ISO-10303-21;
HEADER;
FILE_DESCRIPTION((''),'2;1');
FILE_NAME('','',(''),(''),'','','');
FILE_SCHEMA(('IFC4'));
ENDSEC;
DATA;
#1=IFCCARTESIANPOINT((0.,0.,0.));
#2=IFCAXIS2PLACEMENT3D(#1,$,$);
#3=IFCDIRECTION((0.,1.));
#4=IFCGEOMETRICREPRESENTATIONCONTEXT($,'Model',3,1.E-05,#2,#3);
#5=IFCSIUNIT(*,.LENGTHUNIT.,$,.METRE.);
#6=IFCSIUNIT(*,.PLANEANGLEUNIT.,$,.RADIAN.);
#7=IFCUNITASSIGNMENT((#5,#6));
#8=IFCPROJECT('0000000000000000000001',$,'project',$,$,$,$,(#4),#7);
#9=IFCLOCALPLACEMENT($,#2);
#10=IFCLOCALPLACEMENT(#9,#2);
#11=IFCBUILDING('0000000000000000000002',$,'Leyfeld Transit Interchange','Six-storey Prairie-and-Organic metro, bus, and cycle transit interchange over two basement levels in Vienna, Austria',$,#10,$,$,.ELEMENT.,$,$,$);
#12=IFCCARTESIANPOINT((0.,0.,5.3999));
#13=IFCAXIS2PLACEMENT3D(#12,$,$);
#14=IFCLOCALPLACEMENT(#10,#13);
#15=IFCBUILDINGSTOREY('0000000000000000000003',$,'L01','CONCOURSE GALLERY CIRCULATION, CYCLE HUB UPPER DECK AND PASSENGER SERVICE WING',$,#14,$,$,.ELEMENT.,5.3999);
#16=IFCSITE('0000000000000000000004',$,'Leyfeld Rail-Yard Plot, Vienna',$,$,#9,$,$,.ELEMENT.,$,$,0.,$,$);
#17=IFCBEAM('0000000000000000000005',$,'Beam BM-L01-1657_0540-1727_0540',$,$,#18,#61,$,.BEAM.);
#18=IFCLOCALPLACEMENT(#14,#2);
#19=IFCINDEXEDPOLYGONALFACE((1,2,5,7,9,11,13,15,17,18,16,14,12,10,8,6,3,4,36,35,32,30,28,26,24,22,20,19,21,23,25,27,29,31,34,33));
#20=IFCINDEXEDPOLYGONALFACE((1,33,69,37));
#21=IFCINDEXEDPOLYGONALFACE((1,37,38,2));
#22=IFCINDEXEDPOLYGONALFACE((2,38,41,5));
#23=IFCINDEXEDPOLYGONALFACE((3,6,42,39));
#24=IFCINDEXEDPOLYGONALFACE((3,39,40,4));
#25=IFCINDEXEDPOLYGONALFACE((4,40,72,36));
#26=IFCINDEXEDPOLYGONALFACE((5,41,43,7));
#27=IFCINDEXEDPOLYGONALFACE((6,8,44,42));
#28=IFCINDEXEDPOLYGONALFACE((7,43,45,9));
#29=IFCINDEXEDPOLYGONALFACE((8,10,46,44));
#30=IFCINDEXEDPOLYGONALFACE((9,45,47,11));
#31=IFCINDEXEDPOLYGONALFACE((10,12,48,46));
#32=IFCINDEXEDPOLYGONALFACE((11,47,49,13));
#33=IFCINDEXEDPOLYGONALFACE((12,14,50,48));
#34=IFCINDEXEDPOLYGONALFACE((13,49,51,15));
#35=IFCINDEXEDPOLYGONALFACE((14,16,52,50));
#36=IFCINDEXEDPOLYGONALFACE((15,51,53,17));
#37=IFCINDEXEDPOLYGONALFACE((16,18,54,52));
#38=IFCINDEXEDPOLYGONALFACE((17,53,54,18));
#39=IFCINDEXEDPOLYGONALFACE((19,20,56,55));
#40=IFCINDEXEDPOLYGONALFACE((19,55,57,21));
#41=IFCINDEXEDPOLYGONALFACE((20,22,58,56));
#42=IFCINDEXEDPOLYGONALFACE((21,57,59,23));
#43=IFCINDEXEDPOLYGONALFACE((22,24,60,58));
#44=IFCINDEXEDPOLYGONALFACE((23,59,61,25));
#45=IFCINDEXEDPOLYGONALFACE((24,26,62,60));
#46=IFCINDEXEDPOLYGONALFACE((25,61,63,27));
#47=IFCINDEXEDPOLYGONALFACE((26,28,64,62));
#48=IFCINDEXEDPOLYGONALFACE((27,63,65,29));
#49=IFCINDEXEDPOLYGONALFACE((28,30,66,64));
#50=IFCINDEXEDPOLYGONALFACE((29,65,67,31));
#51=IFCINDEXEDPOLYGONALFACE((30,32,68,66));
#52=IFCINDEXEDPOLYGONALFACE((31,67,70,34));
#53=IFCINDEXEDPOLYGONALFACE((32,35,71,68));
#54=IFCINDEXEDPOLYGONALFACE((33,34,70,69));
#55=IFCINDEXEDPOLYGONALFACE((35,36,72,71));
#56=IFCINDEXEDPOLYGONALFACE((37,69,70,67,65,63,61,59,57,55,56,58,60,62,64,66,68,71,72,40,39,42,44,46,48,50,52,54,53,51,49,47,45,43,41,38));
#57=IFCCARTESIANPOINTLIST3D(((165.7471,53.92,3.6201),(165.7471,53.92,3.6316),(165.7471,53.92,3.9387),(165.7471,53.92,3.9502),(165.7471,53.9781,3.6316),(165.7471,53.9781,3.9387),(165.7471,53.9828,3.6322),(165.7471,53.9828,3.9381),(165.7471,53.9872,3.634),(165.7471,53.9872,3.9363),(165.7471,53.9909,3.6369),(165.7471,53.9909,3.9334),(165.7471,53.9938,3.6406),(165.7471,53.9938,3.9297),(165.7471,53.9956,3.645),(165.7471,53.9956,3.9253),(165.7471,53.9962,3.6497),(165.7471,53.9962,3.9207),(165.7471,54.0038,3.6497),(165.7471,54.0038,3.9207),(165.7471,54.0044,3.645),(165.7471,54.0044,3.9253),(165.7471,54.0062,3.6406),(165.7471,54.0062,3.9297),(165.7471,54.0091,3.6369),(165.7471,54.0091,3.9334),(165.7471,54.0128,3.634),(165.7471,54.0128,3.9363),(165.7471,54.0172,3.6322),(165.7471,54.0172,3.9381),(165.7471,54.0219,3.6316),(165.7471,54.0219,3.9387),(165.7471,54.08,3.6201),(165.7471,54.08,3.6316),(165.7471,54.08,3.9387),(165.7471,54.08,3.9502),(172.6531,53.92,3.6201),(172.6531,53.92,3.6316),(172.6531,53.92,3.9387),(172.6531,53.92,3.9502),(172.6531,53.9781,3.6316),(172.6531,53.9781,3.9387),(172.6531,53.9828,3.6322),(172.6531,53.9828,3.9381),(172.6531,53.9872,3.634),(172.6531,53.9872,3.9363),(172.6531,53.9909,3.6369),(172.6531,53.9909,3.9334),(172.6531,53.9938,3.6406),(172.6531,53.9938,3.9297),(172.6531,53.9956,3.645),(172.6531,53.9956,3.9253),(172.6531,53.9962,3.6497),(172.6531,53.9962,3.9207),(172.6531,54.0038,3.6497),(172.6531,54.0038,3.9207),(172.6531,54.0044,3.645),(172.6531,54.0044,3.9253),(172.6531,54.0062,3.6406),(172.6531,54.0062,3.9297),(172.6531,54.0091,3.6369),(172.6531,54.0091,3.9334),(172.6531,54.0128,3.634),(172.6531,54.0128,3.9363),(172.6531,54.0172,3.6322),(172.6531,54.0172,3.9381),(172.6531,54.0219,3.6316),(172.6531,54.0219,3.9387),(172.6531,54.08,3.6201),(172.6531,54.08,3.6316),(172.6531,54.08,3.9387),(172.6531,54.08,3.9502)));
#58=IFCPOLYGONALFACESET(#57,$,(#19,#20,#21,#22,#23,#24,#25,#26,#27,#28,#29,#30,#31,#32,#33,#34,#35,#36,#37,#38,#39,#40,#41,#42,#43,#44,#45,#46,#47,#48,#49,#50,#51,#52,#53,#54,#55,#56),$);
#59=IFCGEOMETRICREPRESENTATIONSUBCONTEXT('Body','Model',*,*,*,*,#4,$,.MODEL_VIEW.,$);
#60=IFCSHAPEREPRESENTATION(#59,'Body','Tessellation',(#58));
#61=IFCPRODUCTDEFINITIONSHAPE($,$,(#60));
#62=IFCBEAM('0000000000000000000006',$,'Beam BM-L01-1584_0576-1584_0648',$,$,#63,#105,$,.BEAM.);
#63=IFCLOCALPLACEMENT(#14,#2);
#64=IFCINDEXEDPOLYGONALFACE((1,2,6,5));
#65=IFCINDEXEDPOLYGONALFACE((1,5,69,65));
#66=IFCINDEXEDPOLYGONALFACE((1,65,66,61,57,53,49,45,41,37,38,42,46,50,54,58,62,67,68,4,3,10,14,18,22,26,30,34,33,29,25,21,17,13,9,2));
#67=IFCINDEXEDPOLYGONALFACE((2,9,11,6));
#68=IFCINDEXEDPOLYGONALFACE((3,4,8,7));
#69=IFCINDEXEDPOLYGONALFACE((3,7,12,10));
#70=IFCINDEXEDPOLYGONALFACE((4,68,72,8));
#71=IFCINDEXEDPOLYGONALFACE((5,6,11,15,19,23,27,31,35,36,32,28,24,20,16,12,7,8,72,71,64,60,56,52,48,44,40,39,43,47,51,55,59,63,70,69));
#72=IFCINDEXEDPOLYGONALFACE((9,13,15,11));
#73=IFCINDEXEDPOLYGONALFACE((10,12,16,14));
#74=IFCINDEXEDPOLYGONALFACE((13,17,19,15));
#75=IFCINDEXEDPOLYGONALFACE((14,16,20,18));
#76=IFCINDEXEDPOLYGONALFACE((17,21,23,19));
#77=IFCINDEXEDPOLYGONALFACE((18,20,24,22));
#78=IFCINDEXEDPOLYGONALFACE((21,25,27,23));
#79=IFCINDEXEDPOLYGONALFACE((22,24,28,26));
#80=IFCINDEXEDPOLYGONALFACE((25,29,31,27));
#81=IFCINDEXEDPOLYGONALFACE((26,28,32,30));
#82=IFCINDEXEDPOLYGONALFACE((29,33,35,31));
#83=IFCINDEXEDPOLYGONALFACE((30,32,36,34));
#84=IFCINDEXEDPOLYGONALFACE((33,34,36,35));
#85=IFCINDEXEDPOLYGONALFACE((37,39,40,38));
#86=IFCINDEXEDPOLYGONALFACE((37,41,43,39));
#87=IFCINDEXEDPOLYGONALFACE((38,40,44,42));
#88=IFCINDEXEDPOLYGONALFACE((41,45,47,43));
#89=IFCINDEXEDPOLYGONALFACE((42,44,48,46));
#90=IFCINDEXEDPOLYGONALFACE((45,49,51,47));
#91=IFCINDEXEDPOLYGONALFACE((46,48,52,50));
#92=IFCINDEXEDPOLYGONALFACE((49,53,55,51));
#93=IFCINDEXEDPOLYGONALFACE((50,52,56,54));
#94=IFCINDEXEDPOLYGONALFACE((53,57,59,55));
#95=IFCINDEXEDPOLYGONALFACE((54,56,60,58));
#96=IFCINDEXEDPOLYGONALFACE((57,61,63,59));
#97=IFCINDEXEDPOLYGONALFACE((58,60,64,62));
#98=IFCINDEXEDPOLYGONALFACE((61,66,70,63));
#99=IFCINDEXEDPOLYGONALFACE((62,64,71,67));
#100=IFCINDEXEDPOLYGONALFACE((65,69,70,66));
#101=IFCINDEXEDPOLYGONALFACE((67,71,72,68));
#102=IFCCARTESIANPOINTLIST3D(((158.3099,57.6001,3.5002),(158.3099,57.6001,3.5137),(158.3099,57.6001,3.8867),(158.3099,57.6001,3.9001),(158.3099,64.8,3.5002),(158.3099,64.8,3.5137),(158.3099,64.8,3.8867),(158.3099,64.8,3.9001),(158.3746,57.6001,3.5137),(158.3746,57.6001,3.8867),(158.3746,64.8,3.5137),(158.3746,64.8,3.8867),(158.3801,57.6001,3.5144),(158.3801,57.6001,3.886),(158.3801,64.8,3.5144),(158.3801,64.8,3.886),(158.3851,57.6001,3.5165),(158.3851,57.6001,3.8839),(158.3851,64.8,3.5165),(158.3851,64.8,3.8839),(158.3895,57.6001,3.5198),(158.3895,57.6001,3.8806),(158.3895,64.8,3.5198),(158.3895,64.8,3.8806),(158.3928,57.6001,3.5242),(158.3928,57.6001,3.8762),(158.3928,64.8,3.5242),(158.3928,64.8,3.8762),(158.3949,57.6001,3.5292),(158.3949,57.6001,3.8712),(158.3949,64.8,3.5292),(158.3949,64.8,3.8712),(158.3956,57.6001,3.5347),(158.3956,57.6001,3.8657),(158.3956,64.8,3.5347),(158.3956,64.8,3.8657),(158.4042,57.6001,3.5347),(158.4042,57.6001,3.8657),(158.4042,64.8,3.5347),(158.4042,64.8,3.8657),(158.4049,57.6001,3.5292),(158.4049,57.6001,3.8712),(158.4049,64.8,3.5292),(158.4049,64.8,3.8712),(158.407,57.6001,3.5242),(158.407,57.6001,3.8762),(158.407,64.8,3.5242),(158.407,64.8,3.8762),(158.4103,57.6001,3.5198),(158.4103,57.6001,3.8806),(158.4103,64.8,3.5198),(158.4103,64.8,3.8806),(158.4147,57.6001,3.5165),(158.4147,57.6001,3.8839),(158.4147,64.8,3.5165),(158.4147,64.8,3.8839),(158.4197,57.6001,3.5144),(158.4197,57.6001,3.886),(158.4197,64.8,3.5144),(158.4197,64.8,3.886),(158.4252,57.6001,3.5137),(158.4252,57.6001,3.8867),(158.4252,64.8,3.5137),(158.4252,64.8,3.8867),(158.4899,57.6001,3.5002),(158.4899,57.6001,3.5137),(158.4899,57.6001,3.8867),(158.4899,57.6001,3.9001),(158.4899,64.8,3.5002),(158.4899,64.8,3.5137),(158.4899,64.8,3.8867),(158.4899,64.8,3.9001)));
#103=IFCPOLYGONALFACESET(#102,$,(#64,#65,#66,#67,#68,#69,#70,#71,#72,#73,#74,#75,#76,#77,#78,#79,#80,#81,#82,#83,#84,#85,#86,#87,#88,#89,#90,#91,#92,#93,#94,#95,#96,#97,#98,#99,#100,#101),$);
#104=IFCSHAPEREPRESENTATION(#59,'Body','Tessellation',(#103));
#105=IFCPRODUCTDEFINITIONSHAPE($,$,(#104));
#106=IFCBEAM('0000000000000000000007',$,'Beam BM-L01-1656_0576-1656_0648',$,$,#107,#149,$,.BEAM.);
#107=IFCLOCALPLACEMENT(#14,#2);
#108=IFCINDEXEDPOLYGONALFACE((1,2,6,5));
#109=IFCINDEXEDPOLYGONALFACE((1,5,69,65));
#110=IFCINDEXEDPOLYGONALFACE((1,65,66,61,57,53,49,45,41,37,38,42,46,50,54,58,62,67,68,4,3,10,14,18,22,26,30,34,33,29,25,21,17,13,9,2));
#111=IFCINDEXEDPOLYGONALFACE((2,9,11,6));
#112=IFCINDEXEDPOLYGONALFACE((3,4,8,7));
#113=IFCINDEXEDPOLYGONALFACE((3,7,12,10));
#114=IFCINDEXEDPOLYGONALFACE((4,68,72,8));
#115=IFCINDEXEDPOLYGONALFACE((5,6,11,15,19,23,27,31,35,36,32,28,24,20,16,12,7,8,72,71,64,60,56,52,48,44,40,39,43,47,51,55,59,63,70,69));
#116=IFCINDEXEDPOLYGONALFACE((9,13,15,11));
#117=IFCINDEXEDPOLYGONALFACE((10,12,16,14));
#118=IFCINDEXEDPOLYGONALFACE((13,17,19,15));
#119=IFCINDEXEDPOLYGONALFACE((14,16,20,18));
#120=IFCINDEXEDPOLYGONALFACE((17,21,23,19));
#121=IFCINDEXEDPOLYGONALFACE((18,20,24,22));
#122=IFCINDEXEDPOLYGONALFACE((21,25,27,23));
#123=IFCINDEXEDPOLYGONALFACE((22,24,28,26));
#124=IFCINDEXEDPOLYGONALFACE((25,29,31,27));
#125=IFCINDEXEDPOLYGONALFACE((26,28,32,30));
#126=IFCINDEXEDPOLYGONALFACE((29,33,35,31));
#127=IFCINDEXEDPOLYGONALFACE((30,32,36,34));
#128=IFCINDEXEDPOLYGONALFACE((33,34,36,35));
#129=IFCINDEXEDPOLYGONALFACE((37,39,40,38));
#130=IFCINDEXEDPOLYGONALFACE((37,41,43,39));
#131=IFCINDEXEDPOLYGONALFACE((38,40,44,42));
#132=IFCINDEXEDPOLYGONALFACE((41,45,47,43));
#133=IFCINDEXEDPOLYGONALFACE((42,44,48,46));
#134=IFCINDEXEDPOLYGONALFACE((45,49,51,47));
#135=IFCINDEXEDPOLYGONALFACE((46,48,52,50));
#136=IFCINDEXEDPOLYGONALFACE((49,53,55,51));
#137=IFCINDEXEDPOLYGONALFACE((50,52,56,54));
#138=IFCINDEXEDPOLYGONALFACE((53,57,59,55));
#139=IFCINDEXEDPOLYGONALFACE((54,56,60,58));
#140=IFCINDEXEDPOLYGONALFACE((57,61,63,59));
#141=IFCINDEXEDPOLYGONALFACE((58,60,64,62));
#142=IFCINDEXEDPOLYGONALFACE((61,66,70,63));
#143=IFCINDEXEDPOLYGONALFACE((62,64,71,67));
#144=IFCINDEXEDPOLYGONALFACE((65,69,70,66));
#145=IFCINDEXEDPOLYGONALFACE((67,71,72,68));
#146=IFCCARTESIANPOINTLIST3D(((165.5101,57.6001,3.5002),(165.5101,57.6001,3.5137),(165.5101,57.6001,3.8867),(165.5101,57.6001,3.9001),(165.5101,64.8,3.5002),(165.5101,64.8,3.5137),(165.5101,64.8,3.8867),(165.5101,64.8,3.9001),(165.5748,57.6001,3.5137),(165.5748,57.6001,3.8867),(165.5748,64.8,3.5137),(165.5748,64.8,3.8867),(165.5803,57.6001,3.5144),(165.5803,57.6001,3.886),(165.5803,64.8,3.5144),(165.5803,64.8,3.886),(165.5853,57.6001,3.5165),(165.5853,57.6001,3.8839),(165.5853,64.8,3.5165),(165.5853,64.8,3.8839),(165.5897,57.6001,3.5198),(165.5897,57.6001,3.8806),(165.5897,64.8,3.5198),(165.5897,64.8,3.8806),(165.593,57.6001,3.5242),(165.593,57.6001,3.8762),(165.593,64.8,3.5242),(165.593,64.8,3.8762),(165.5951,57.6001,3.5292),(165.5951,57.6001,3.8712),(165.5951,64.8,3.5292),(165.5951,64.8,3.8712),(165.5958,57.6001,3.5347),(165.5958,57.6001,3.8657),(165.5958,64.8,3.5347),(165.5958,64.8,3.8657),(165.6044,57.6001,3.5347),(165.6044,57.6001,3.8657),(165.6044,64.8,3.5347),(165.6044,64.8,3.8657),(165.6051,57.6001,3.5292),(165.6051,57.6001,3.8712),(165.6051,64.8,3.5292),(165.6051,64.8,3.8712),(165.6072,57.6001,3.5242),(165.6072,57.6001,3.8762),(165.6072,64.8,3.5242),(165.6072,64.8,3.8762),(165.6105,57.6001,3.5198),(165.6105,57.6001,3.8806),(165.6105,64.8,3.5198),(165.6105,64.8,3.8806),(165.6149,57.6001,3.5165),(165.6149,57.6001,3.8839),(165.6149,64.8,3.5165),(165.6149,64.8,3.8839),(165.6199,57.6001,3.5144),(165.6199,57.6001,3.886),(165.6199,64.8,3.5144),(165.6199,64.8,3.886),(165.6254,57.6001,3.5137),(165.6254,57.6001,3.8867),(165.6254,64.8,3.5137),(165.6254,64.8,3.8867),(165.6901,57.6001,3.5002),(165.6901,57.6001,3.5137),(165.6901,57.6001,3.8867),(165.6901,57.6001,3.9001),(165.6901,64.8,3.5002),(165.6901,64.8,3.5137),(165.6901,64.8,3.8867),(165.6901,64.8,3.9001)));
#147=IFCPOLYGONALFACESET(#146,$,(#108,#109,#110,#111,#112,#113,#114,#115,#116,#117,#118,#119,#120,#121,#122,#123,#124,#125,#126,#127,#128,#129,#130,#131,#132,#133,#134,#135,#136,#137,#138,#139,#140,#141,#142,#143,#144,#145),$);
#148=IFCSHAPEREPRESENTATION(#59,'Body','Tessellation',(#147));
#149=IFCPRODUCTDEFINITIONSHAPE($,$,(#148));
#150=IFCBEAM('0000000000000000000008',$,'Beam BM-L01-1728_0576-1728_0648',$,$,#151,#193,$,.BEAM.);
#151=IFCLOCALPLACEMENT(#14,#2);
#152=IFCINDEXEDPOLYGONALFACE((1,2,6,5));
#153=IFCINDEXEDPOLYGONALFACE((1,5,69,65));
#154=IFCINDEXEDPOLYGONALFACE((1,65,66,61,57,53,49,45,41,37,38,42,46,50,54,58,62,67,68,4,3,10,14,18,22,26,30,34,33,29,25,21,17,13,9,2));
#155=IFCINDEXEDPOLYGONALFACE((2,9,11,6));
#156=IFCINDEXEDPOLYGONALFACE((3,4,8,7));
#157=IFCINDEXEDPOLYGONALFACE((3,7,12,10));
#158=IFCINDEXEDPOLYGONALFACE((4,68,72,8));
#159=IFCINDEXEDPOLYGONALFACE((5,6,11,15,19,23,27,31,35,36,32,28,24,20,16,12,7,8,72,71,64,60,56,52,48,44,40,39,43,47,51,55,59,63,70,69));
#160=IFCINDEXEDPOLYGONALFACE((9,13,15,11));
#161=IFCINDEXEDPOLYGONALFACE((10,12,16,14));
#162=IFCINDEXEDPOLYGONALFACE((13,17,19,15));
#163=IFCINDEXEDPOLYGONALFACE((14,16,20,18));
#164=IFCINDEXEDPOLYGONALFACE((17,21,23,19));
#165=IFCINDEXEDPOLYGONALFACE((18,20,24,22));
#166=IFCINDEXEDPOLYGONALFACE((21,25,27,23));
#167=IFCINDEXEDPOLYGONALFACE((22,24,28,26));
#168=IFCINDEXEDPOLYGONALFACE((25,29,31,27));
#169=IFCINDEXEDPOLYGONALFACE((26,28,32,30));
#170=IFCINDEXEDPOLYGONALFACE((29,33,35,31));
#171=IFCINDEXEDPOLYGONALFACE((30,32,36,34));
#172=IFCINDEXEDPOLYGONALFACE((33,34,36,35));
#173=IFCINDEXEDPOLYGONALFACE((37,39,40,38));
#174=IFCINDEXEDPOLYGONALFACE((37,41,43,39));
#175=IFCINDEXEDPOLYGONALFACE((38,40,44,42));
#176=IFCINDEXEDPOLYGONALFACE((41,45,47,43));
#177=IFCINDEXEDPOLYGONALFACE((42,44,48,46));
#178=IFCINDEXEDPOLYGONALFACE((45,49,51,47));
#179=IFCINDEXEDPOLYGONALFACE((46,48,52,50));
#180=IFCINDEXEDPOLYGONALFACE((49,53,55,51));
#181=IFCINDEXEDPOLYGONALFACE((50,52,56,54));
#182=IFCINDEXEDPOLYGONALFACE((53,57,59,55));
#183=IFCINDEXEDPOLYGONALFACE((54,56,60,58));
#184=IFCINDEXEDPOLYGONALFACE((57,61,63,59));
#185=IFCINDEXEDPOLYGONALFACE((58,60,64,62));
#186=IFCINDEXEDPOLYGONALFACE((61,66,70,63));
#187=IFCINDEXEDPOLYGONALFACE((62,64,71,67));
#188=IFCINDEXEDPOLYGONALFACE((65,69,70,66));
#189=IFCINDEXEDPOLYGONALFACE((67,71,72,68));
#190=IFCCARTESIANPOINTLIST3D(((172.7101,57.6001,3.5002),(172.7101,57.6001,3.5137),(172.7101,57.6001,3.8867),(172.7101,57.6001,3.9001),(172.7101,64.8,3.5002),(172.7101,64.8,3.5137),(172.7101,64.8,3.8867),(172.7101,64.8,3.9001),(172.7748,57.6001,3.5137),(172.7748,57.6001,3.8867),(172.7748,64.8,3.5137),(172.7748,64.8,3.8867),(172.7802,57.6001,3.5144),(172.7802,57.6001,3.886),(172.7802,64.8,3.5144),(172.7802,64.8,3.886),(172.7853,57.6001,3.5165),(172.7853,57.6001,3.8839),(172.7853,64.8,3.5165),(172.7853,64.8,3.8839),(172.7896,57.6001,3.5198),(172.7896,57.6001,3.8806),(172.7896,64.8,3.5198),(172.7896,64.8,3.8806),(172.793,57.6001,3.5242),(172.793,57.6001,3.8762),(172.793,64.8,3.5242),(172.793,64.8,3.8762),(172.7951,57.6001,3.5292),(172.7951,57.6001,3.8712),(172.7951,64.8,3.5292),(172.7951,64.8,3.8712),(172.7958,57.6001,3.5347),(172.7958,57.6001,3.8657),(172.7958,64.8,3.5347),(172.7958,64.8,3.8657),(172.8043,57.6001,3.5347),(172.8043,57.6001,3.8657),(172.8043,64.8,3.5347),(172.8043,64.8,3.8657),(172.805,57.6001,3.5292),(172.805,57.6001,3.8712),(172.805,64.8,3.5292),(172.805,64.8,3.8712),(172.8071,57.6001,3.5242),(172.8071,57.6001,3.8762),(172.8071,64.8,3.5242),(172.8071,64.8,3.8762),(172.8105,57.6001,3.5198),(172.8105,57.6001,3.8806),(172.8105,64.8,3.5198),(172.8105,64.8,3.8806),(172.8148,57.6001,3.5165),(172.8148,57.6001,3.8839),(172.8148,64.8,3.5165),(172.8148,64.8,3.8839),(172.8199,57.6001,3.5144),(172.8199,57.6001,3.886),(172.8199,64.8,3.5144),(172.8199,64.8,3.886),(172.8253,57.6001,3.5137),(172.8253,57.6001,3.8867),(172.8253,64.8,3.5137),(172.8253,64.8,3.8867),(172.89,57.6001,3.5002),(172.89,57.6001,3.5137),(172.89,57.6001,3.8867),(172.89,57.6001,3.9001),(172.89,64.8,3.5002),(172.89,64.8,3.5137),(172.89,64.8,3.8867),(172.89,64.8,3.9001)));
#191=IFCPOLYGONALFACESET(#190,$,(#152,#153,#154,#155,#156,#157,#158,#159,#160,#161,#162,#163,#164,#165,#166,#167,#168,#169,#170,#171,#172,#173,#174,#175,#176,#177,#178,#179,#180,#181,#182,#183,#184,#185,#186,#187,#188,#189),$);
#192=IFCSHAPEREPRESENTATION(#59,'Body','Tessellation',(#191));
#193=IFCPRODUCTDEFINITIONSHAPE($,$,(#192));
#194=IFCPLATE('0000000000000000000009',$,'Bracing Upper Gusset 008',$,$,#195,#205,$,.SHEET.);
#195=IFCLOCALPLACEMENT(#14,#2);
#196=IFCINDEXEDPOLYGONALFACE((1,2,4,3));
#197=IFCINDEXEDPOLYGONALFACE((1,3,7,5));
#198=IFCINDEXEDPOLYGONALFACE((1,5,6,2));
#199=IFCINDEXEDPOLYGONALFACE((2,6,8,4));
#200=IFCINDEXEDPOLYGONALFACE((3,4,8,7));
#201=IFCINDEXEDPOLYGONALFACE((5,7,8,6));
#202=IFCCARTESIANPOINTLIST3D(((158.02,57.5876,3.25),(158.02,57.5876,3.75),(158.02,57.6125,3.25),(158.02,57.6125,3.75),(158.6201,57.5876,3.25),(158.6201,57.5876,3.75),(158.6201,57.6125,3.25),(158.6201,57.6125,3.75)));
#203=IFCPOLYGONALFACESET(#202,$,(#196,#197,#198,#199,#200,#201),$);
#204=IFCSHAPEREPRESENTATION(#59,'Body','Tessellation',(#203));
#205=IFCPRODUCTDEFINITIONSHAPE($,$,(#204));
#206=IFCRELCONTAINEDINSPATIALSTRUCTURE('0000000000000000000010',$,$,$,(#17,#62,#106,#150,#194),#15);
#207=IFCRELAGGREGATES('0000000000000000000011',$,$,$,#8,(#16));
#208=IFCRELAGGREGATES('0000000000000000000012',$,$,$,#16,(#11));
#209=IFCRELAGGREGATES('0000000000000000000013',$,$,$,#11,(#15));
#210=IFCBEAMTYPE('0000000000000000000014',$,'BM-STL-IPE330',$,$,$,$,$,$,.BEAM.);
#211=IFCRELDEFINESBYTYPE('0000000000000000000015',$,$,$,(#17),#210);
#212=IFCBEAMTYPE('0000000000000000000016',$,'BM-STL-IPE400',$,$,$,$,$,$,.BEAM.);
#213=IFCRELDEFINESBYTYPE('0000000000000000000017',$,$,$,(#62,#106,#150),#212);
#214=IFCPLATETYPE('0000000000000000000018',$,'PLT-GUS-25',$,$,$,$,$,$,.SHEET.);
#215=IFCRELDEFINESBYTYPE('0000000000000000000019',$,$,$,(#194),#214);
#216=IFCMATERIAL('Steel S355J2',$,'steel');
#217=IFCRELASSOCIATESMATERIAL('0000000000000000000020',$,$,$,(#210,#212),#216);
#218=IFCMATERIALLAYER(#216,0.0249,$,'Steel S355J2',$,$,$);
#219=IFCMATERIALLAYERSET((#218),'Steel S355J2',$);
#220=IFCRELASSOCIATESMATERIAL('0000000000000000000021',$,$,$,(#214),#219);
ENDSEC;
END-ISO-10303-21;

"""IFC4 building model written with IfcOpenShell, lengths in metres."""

from ifc_helpers import new_model, si_unit, direction, frame, origin, origin_2d, place, context, subcontext, project, spatial, rectangle, i_section, extrude, material, layer, layer_set, material_profile, profile_set, type_object, element, save


model = new_model("IFC4")

# Units and contexts
model_context = context("Model", 3, precision=1e-05, world=origin(), true_north=direction((0.0, 1.0)))
body_context = subcontext(model_context, "Body", "Model", "MODEL_VIEW")
ifc_project = project(units=[si_unit("LENGTHUNIT", "METRE"), si_unit("PLANEANGLEUNIT", "RADIAN")], contexts=[model_context])

# Site, building, storey
site_placement = place(None, origin())
site = spatial("IfcSite", under=ifc_project, at=site_placement, Name="Leyfeld Rail-Yard Plot, Vienna", CompositionType="ELEMENT", RefElevation=0.0)
building_placement = place(site_placement, origin())
building = spatial("IfcBuilding", under=site, at=building_placement, Name="Leyfeld Transit Interchange", Description="Six-storey Prairie-and-Organic metro, bus, and cycle transit interchange over two basement levels in Vienna, Austria", CompositionType="ELEMENT")
storey_placement = place(building_placement, frame((0.0, 0.0, 5.3999)))
storey = spatial("IfcBuildingStorey", under=building, at=storey_placement, Name="L01", Description="CONCOURSE GALLERY CIRCULATION, CYCLE HUB UPPER DECK AND PASSENGER SERVICE WING", CompositionType="ELEMENT", Elevation=5.3999)

# Shared definitions
ifc_material_1 = material(Name="Steel S355J2", Category="steel")

# Beams
ifc_material_profile_1 = material_profile(ifc_material_1, i_section(OverallWidth=0.1599, OverallDepth=0.3301, WebThickness=0.0076, FlangeThickness=0.0115, FilletRadius=0.0181, at=origin_2d()), Name="IPE 330")
ifc_profile_set_1 = profile_set([ifc_material_profile_1], Name="Steel S355J2")
beam_type_1 = type_object("IfcBeamType", Name="BM-STL-IPE330", PredefinedType="BEAM", material=ifc_profile_set_1)
beam_1_placement = place(storey_placement, frame((165.7471, 54.0, 3.7852), z_axis=(1.0, 0.0, 0.0), x_axis=(0.0, 1.0, 0.0)))
element("IfcBeam", 1, at=beam_1_placement, inside=storey, type_object=beam_type_1, Name="Beam BM-L01-1657_0540-1727_0540", PredefinedType="BEAM", context=body_context, shape_type="SweptSolid", body=[
    extrude(i_section(OverallWidth=0.1599, OverallDepth=0.3301, WebThickness=0.0076, FlangeThickness=0.0115, FilletRadius=0.0181, at=origin_2d()), origin(), (0.0, 0.0, 1.0), 6.906),
])
ifc_material_profile_2 = material_profile(ifc_material_1, i_section(OverallWidth=0.1799, OverallDepth=0.3999, WebThickness=0.0085, FlangeThickness=0.0134, FilletRadius=0.021, at=origin_2d()), Name="IPE 400")
ifc_profile_set_2 = profile_set([ifc_material_profile_2], Name="Steel S355J2")
beam_type_2 = type_object("IfcBeamType", Name="BM-STL-IPE400", PredefinedType="BEAM", material=ifc_profile_set_2)
for number, where, z_axis, x_axis, name in (
    (2, (158.3999, 57.6001, 3.7002), (0.0, 1.0, 0.0), (-1.0, 0.0, 0.0), "Beam BM-L01-1584_0576-1584_0648"),
    (3, (165.6001, 57.6001, 3.7002), (0.0, 1.0, 0.0), (-1.0, 0.0, 0.0), "Beam BM-L01-1656_0576-1656_0648"),
    (4, (172.8, 57.6001, 3.7002), (0.0, 1.0, 0.0), (-1.0, 0.0, 0.0), "Beam BM-L01-1728_0576-1728_0648"),
):
    element("IfcBeam", number, at=place(storey_placement, frame(where, z_axis=z_axis, x_axis=x_axis)), inside=storey, type_object=beam_type_2, Name=name, PredefinedType="BEAM", context=body_context, shape_type="SweptSolid", body=[
        extrude(i_section(OverallWidth=0.1799, OverallDepth=0.3999, WebThickness=0.0085, FlangeThickness=0.0134, FilletRadius=0.021, at=origin_2d()), origin(), (0.0, 0.0, 1.0), 7.2),
    ])

# Plate
ifc_layer_1 = layer(ifc_material_1, 0.0249, Name="Steel S355J2")
ifc_layer_set_1 = layer_set([ifc_layer_1], Name="Steel S355J2")
plate_type = type_object("IfcPlateType", Name="PLT-GUS-25", PredefinedType="SHEET", material=ifc_layer_set_1)
plate_placement = place(storey_placement, frame((158.3201, 57.6001, 3.25), z_axis=(0.0, 0.0, 1.0), x_axis=(1.0, 0.0, 0.0)))
element("IfcPlate", 5, at=plate_placement, inside=storey, type_object=plate_type, Name="Bracing Upper Gusset 008", PredefinedType="SHEET", context=body_context, shape_type="SweptSolid", body=[
    extrude(rectangle(XDim=0.6001, YDim=0.0249, at=origin_2d()), origin(), (0.0, 0.0, 1.0), 0.5),
])

save(model, "model.ifc")
